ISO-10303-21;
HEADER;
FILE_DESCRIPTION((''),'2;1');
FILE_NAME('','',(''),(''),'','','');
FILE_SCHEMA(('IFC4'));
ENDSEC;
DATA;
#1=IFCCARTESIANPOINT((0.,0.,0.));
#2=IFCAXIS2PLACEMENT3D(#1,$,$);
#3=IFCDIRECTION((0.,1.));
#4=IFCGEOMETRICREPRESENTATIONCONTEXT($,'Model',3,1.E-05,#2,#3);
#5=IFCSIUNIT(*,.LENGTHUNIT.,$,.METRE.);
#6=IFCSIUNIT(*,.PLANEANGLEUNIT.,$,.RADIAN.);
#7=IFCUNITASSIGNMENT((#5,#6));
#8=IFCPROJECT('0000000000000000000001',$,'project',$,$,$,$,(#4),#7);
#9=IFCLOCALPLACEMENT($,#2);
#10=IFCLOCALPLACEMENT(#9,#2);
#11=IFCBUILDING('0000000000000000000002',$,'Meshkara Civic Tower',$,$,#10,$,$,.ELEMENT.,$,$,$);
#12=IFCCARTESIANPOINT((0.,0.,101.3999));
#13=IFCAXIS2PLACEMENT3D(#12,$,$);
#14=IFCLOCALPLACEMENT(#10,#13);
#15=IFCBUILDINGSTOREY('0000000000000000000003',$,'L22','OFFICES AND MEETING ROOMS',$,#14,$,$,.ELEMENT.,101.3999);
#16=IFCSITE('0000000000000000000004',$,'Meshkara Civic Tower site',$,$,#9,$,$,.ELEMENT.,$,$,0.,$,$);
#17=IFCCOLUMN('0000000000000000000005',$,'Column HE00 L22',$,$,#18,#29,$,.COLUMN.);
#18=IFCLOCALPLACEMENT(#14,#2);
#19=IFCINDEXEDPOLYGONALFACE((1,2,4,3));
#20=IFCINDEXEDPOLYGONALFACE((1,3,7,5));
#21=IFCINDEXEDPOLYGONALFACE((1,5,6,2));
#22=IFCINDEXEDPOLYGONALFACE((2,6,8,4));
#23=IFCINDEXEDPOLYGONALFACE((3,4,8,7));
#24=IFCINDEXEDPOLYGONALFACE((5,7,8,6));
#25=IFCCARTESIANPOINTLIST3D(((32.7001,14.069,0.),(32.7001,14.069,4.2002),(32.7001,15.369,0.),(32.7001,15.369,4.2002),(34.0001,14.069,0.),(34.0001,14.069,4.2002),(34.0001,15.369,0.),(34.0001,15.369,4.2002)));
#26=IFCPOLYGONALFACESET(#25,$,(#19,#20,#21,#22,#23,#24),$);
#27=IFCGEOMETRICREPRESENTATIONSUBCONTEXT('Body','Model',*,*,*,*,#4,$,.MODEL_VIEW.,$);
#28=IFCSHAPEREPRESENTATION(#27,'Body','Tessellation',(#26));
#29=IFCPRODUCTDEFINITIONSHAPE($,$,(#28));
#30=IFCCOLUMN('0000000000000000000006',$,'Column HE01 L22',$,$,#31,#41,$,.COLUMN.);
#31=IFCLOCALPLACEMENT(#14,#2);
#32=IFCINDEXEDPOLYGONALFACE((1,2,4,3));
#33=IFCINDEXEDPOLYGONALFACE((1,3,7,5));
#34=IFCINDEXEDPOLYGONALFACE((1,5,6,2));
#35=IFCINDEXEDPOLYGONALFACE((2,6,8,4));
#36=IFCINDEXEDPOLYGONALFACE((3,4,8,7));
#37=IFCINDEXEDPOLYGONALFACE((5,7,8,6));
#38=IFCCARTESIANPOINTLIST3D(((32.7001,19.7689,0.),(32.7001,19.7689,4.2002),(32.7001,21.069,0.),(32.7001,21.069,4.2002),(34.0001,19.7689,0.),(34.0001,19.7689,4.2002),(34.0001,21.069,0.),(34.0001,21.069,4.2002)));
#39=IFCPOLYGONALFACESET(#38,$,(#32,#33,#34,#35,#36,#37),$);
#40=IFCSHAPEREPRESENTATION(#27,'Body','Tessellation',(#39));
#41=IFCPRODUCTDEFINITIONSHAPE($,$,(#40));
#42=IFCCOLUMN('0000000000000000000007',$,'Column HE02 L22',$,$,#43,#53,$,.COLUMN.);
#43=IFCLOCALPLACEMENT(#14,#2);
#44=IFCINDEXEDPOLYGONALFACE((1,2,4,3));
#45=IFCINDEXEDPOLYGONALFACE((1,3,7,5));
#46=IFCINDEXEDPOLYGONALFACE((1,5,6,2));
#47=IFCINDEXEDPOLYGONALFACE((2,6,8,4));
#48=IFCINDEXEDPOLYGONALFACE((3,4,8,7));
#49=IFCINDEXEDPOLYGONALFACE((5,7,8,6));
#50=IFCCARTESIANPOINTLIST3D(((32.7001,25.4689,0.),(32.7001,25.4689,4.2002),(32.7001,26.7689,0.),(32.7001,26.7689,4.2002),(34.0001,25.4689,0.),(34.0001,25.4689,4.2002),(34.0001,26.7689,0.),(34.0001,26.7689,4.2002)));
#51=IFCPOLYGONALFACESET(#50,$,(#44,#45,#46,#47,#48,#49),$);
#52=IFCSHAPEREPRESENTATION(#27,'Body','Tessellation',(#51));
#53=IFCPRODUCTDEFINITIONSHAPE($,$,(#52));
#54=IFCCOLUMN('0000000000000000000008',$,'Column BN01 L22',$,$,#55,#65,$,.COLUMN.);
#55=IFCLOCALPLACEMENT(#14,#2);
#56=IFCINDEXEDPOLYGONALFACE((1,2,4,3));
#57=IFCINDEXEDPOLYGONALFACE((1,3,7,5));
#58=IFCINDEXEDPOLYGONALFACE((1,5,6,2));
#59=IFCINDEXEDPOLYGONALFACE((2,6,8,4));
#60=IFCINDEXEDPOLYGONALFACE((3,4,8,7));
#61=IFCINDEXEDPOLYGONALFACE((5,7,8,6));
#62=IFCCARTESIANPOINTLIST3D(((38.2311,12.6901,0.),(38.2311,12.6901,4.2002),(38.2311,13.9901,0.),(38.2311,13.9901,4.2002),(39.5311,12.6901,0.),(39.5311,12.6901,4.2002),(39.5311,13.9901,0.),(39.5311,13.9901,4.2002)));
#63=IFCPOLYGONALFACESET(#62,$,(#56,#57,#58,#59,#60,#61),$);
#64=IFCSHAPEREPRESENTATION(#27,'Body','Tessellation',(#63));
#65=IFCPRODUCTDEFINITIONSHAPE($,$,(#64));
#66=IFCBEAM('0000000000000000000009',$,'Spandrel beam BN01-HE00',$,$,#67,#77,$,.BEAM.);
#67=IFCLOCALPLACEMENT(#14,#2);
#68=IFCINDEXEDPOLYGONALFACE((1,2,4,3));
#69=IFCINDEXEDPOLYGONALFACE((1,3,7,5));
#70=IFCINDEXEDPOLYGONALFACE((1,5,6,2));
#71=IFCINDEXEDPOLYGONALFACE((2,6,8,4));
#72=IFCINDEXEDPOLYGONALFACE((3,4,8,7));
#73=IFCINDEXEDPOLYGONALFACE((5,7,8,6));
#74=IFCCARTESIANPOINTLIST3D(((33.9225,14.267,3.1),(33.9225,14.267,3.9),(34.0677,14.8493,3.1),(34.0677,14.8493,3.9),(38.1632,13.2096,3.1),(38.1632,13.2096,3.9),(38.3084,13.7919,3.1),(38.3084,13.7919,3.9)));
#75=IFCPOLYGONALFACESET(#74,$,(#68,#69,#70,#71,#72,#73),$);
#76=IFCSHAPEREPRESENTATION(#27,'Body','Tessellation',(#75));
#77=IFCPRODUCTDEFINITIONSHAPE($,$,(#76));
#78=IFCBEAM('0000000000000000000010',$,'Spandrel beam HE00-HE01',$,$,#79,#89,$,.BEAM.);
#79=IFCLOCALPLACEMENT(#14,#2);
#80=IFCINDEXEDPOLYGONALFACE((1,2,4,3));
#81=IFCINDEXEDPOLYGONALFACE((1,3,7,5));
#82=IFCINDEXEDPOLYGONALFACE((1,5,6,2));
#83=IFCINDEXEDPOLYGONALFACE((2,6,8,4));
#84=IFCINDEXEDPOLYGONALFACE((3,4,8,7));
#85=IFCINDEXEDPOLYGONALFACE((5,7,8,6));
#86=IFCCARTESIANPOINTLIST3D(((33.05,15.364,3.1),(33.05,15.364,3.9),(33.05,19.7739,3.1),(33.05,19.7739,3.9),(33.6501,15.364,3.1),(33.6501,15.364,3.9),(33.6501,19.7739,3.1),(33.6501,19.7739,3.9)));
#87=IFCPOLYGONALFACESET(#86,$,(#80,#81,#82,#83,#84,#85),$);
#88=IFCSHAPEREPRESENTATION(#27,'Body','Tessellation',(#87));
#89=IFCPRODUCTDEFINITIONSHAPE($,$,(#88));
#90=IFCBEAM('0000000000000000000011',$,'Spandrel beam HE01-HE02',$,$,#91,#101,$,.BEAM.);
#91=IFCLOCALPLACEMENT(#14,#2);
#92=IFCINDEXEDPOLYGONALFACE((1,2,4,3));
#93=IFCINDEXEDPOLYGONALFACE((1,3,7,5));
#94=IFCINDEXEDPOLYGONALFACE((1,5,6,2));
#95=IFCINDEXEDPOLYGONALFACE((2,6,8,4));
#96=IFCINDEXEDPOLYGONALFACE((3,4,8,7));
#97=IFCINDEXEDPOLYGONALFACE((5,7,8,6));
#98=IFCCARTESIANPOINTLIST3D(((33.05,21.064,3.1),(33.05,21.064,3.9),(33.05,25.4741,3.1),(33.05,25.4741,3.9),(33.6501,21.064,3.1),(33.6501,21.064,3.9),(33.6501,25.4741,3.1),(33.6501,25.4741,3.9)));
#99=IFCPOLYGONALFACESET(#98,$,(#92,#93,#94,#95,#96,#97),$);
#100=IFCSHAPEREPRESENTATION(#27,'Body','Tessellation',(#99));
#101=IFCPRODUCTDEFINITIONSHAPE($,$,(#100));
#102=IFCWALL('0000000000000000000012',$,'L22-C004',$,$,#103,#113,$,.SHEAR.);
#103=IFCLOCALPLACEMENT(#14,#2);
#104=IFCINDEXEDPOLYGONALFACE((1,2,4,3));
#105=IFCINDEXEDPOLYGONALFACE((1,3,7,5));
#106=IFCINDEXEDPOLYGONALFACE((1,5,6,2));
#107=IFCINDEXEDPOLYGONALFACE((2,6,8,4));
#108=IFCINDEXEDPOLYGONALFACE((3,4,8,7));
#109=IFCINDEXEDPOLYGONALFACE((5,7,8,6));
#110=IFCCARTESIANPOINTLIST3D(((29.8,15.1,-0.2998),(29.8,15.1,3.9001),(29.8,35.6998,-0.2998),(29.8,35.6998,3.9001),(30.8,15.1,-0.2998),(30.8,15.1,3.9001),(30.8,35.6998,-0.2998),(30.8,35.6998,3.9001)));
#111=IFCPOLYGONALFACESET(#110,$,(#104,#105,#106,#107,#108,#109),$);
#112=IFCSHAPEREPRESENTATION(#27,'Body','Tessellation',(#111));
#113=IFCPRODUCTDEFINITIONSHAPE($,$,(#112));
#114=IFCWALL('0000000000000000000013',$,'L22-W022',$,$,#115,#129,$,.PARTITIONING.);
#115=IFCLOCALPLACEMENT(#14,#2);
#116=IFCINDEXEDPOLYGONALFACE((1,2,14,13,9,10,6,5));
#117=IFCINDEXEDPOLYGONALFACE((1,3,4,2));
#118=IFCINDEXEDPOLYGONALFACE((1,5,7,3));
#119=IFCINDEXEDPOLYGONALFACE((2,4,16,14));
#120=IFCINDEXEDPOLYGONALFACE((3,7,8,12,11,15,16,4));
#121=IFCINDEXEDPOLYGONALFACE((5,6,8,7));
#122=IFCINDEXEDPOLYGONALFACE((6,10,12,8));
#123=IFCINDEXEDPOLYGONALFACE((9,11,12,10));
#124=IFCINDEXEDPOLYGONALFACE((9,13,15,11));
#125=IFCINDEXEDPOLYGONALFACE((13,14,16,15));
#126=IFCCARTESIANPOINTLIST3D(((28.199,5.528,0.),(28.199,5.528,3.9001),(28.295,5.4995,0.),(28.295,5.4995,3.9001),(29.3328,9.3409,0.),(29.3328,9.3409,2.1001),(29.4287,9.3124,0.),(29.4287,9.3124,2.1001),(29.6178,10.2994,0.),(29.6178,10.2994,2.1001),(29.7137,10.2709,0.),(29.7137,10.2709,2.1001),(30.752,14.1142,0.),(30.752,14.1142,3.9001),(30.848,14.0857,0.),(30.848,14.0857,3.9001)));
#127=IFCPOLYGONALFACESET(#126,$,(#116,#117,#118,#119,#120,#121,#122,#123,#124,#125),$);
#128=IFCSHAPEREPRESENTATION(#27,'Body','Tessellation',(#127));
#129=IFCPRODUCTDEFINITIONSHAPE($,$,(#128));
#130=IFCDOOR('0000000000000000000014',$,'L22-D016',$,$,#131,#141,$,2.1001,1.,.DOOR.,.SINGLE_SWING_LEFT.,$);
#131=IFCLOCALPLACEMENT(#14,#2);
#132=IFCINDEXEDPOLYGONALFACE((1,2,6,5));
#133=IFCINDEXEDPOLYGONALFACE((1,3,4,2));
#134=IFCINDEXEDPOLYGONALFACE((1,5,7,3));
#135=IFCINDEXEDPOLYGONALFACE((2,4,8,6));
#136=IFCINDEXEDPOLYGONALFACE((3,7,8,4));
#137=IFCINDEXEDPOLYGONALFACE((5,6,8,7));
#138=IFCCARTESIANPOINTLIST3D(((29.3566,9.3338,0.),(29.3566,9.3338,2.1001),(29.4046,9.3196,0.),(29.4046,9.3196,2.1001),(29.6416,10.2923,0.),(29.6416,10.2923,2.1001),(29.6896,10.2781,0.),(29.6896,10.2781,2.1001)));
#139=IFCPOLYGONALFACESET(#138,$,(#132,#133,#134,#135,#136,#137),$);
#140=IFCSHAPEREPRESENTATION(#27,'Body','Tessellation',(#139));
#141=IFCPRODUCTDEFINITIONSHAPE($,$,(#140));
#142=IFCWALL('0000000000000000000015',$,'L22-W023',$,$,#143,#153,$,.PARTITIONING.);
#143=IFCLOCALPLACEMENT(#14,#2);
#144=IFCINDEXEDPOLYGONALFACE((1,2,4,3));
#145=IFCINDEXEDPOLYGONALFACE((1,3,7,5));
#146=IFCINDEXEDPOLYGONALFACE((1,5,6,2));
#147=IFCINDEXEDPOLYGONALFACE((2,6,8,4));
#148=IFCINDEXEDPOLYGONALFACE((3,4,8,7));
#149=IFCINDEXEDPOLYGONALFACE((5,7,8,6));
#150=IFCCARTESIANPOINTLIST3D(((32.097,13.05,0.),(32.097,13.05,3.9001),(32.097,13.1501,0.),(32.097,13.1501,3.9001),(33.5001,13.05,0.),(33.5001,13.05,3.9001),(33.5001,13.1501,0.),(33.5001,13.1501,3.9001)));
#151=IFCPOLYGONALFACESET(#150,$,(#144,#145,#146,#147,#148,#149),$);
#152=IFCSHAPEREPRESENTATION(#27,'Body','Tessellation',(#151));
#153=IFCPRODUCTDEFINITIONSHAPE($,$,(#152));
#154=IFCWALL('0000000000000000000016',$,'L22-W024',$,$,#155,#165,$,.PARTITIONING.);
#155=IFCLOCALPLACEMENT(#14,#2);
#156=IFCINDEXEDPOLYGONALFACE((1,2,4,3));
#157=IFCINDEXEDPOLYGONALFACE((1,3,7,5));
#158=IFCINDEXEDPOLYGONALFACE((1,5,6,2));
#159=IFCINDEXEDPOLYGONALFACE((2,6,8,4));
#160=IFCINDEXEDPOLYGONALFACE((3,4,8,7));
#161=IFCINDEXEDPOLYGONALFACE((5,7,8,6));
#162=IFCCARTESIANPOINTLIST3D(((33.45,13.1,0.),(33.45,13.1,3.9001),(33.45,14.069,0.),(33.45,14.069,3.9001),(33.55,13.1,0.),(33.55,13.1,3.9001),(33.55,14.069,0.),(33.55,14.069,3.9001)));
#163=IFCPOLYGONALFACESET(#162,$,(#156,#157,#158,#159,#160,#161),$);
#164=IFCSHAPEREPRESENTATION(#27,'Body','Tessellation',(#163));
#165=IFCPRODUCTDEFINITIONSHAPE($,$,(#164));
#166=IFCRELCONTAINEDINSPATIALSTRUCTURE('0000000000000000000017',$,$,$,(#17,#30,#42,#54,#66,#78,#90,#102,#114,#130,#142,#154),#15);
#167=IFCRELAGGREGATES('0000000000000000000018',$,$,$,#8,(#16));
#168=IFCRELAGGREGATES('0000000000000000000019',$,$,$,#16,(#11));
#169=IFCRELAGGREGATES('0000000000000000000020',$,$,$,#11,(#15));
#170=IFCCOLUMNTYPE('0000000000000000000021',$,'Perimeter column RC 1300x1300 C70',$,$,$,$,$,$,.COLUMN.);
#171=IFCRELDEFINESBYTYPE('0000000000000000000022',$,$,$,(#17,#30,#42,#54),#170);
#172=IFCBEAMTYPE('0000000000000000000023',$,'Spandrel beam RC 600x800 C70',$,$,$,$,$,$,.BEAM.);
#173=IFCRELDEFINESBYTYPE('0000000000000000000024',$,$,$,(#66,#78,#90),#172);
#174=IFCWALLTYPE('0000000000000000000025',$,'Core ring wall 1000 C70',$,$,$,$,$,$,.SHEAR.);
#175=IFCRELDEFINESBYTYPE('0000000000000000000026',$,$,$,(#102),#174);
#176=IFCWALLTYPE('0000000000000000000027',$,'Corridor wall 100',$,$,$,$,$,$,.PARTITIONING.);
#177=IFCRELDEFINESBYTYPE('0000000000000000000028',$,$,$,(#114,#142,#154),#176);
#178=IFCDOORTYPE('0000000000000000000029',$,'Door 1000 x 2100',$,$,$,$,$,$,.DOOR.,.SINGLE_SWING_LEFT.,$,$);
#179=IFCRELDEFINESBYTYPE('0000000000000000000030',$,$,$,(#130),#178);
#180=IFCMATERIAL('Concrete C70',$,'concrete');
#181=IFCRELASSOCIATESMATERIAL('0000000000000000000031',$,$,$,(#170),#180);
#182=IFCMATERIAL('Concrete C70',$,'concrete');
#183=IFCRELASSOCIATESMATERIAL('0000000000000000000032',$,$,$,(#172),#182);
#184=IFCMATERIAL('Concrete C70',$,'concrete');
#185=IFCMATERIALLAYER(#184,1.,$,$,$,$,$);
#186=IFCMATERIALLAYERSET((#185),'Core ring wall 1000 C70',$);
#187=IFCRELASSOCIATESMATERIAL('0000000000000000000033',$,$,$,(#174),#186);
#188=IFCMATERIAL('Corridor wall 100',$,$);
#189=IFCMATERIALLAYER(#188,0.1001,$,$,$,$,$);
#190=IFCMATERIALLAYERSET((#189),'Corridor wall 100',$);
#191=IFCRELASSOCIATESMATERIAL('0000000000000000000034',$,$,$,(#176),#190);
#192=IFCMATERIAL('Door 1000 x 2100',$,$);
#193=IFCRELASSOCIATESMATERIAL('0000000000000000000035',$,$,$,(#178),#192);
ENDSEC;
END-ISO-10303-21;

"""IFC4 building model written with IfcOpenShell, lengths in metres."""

from ifc_helpers import new_model, si_unit, direction, frame, frame_2d, origin, origin_2d, place, context, subcontext, project, spatial, rectangle, extrude, material, layer, layer_set, material_profile, profile_set, type_object, element, fill, save


model = new_model("IFC4")

# Units and contexts
model_context = context("Model", 3, precision=1e-05, world=origin(), true_north=direction((0.0, 1.0)))
body_context = subcontext(model_context, "Body", "Model", "MODEL_VIEW")
ifc_project = project(units=[si_unit("LENGTHUNIT", "METRE"), si_unit("PLANEANGLEUNIT", "RADIAN")], contexts=[model_context])

# Site, building, storey
site_placement = place(None, origin())
site = spatial("IfcSite", under=ifc_project, at=site_placement, Name="Meshkara Civic Tower site", CompositionType="ELEMENT", RefElevation=0.0)
building_placement = place(site_placement, origin())
building = spatial("IfcBuilding", under=site, at=building_placement, Name="Meshkara Civic Tower", CompositionType="ELEMENT")
storey_placement = place(building_placement, frame((0.0, 0.0, 101.3999)))
storey = spatial("IfcBuildingStorey", under=building, at=storey_placement, Name="L22", Description="OFFICES AND MEETING ROOMS", CompositionType="ELEMENT", Elevation=101.3999)

# Columns
ifc_material_1 = material(Name="Concrete C70", Category="concrete")
ifc_material_profile_1 = material_profile(ifc_material_1, rectangle(XDim=1.3, YDim=1.3, at=origin_2d()))
ifc_profile_set_1 = profile_set([ifc_material_profile_1], Name="Concrete C70")
column_type = type_object("IfcColumnType", Name="Perimeter column RC 1300x1300 C70", PredefinedType="COLUMN", material=ifc_profile_set_1)
for number, where, z_axis, x_axis, name in (
    (1, (33.3501, 14.719, 0.0), (0.0, 0.0, 1.0), (1.0, 0.0, 0.0), "Column HE00 L22"),
    (2, (33.3501, 20.4189, 0.0), (0.0, 0.0, 1.0), (1.0, 0.0, 0.0), "Column HE01 L22"),
    (3, (33.3501, 26.1189, 0.0), (0.0, 0.0, 1.0), (1.0, 0.0, 0.0), "Column HE02 L22"),
    (4, (38.8811, 13.3401, 0.0), (0.0, 0.0, 1.0), (1.0, 0.0, 0.0), "Column BN01 L22"),
):
    element("IfcColumn", number, at=place(storey_placement, frame(where, z_axis=z_axis, x_axis=x_axis)), inside=storey, type_object=column_type, Name=name, PredefinedType="COLUMN", context=body_context, shape_type="SweptSolid", body=[
        extrude(rectangle(XDim=1.3, YDim=1.3, at=origin_2d()), origin(), (0.0, 0.0, 1.0), 4.2002),
    ])

# Beams
ifc_material_2 = material(Name="Concrete C70", Category="concrete")
ifc_material_profile_2 = material_profile(ifc_material_2, rectangle(XDim=0.6001, YDim=0.8, at=origin_2d()))
ifc_profile_set_2 = profile_set([ifc_material_profile_2], Name="Concrete C70")
beam_type = type_object("IfcBeamType", Name="Spandrel beam RC 600x800 C70", PredefinedType="BEAM", material=ifc_profile_set_2)
beam_1_placement = place(storey_placement, frame((38.2358, 13.5007, 3.5), z_axis=(-0.970293, 0.241931, 0.0), x_axis=(-0.241931, -0.970293, 0.0)))
element("IfcBeam", 5, at=beam_1_placement, inside=storey, type_object=beam_type, Name="Spandrel beam BN01-HE00", PredefinedType="BEAM", context=body_context, shape_type="SweptSolid", body=[
    extrude(rectangle(XDim=0.6001, YDim=0.8, at=origin_2d()), origin(), (0.0, 0.0, 1.0), 4.3706),
])
beam_2_placement = place(storey_placement, frame((33.3501, 15.364, 3.5), z_axis=(0.0, 1.0, 0.0), x_axis=(-1.0, 0.0, 0.0)))
element("IfcBeam", 6, at=beam_2_placement, inside=storey, type_object=beam_type, Name="Spandrel beam HE00-HE01", PredefinedType="BEAM", context=body_context, shape_type="SweptSolid", body=[
    extrude(rectangle(XDim=0.6001, YDim=0.8, at=origin_2d()), origin(), (0.0, 0.0, 1.0), 4.4099),
])
beam_3_placement = place(storey_placement, frame((33.3501, 21.064, 3.5), z_axis=(0.0, 1.0, 0.0), x_axis=(-1.0, 0.0, 0.0)))
element("IfcBeam", 7, at=beam_3_placement, inside=storey, type_object=beam_type, Name="Spandrel beam HE01-HE02", PredefinedType="BEAM", context=body_context, shape_type="SweptSolid", body=[
    extrude(rectangle(XDim=0.6001, YDim=0.8, at=origin_2d()), origin(), (0.0, 0.0, 1.0), 4.4102),
])

# Wall
ifc_material_3 = material(Name="Concrete C70", Category="concrete")
ifc_layer_1 = layer(ifc_material_3, 1.0)
ifc_layer_set_1 = layer_set([ifc_layer_1], Name="Core ring wall 1000 C70")
wall_type_1 = type_object("IfcWallType", Name="Core ring wall 1000 C70", PredefinedType="SHEAR", material=ifc_layer_set_1)
wall_1_placement = place(storey_placement, frame((30.3, 15.1001, -0.2998), z_axis=(0.0, 0.0, 1.0), x_axis=(0.0, 1.0, 0.0)))
element("IfcWall", 8, at=wall_1_placement, inside=storey, type_object=wall_type_1, Name="L22-C004", PredefinedType="SHEAR", context=body_context, shape_type="SweptSolid", body=[
    extrude(rectangle(XDim=20.5999, YDim=1.0, at=frame_2d((10.2998, 0.0))), origin(), (0.0, 0.0, 1.0), 4.2),
])

# Wall, opening, door
ifc_material_4 = material(Name="Corridor wall 100")
ifc_layer_2 = layer(ifc_material_4, 0.1001)
ifc_layer_set_2 = layer_set([ifc_layer_2], Name="Corridor wall 100")
wall_type_2 = type_object("IfcWallType", Name="Corridor wall 100", PredefinedType="PARTITIONING", material=ifc_layer_set_2)
wall_2_placement = place(storey_placement, frame((30.8, 14.1001, 0.0), z_axis=(0.0, 0.0, 1.0), x_axis=(-0.285004, -0.958526, 0.0)))
wall_2 = element("IfcWall", 9, at=wall_2_placement, inside=storey, type_object=wall_type_2, Name="L22-W022", PredefinedType="PARTITIONING", context=body_context, shape_type="SweptSolid", body=[
    extrude(rectangle(XDim=8.9578, YDim=0.1001, at=frame_2d((4.479, 0.0))), origin(), (0.0, 0.0, 1.0), 3.9001),
])
opening_1_placement = place(wall_2_placement, frame((3.98, 0.0, 0.0)))
opening_1 = element("IfcOpeningElement", 10, at=opening_1_placement, cuts=wall_2, PredefinedType="OPENING", context=body_context, shape_type="SweptSolid", body=[
    extrude(rectangle(XDim=1.0, YDim=2.1001, at=frame_2d((0.5, 1.05))), frame((0.0, 0.0601, 0.0), z_axis=(0.0, -1.0, 0.0), x_axis=(1.0, 0.0, 0.0)), (0.0, 0.0, 1.0), 0.1201),
])
ifc_material_5 = material(Name="Door 1000 x 2100")
door_type_1 = type_object("IfcDoorType", Name="Door 1000 x 2100", OperationType="SINGLE_SWING_LEFT", PredefinedType="DOOR", material=ifc_material_5)
door_1_placement = place(opening_1_placement, origin())
door_1 = element("IfcDoor", 11, at=door_1_placement, inside=storey, type_object=door_type_1, Name="L22-D016", OperationType="SINGLE_SWING_LEFT", OverallHeight=2.1001, OverallWidth=1.0, PredefinedType="DOOR", context=body_context, shape_type="SweptSolid", body=[
    extrude(rectangle(XDim=1.0, YDim=2.1001, at=frame_2d((0.5, 1.05))), frame((0.0, 0.0249, 0.0), z_axis=(0.0, -1.0, 0.0), x_axis=(1.0, 0.0, 0.0)), (0.0, 0.0, 1.0), 0.05),
])
fill(opening_1, door_1)

# Walls
wall_3_placement = place(storey_placement, frame((32.0969, 13.1001, 0.0), z_axis=(0.0, 0.0, 1.0), x_axis=(1.0, 0.0, 0.0)))
element("IfcWall", 12, at=wall_3_placement, inside=storey, type_object=wall_type_2, Name="L22-W023", PredefinedType="PARTITIONING", context=body_context, shape_type="SweptSolid", body=[
    extrude(rectangle(XDim=1.4031, YDim=0.1001, at=frame_2d((0.7017, 0.0))), origin(), (0.0, 0.0, 1.0), 3.9001),
])
wall_4_placement = place(storey_placement, frame((33.5, 13.1001, 0.0), z_axis=(0.0, 0.0, 1.0), x_axis=(0.0, 1.0, 0.0)))
element("IfcWall", 13, at=wall_4_placement, inside=storey, type_object=wall_type_2, Name="L22-W024", PredefinedType="PARTITIONING", context=body_context, shape_type="SweptSolid", body=[
    extrude(rectangle(XDim=0.969, YDim=0.1001, at=frame_2d((0.4844, 0.0))), origin(), (0.0, 0.0, 1.0), 3.9001),
])

save(model, "model.ifc")
